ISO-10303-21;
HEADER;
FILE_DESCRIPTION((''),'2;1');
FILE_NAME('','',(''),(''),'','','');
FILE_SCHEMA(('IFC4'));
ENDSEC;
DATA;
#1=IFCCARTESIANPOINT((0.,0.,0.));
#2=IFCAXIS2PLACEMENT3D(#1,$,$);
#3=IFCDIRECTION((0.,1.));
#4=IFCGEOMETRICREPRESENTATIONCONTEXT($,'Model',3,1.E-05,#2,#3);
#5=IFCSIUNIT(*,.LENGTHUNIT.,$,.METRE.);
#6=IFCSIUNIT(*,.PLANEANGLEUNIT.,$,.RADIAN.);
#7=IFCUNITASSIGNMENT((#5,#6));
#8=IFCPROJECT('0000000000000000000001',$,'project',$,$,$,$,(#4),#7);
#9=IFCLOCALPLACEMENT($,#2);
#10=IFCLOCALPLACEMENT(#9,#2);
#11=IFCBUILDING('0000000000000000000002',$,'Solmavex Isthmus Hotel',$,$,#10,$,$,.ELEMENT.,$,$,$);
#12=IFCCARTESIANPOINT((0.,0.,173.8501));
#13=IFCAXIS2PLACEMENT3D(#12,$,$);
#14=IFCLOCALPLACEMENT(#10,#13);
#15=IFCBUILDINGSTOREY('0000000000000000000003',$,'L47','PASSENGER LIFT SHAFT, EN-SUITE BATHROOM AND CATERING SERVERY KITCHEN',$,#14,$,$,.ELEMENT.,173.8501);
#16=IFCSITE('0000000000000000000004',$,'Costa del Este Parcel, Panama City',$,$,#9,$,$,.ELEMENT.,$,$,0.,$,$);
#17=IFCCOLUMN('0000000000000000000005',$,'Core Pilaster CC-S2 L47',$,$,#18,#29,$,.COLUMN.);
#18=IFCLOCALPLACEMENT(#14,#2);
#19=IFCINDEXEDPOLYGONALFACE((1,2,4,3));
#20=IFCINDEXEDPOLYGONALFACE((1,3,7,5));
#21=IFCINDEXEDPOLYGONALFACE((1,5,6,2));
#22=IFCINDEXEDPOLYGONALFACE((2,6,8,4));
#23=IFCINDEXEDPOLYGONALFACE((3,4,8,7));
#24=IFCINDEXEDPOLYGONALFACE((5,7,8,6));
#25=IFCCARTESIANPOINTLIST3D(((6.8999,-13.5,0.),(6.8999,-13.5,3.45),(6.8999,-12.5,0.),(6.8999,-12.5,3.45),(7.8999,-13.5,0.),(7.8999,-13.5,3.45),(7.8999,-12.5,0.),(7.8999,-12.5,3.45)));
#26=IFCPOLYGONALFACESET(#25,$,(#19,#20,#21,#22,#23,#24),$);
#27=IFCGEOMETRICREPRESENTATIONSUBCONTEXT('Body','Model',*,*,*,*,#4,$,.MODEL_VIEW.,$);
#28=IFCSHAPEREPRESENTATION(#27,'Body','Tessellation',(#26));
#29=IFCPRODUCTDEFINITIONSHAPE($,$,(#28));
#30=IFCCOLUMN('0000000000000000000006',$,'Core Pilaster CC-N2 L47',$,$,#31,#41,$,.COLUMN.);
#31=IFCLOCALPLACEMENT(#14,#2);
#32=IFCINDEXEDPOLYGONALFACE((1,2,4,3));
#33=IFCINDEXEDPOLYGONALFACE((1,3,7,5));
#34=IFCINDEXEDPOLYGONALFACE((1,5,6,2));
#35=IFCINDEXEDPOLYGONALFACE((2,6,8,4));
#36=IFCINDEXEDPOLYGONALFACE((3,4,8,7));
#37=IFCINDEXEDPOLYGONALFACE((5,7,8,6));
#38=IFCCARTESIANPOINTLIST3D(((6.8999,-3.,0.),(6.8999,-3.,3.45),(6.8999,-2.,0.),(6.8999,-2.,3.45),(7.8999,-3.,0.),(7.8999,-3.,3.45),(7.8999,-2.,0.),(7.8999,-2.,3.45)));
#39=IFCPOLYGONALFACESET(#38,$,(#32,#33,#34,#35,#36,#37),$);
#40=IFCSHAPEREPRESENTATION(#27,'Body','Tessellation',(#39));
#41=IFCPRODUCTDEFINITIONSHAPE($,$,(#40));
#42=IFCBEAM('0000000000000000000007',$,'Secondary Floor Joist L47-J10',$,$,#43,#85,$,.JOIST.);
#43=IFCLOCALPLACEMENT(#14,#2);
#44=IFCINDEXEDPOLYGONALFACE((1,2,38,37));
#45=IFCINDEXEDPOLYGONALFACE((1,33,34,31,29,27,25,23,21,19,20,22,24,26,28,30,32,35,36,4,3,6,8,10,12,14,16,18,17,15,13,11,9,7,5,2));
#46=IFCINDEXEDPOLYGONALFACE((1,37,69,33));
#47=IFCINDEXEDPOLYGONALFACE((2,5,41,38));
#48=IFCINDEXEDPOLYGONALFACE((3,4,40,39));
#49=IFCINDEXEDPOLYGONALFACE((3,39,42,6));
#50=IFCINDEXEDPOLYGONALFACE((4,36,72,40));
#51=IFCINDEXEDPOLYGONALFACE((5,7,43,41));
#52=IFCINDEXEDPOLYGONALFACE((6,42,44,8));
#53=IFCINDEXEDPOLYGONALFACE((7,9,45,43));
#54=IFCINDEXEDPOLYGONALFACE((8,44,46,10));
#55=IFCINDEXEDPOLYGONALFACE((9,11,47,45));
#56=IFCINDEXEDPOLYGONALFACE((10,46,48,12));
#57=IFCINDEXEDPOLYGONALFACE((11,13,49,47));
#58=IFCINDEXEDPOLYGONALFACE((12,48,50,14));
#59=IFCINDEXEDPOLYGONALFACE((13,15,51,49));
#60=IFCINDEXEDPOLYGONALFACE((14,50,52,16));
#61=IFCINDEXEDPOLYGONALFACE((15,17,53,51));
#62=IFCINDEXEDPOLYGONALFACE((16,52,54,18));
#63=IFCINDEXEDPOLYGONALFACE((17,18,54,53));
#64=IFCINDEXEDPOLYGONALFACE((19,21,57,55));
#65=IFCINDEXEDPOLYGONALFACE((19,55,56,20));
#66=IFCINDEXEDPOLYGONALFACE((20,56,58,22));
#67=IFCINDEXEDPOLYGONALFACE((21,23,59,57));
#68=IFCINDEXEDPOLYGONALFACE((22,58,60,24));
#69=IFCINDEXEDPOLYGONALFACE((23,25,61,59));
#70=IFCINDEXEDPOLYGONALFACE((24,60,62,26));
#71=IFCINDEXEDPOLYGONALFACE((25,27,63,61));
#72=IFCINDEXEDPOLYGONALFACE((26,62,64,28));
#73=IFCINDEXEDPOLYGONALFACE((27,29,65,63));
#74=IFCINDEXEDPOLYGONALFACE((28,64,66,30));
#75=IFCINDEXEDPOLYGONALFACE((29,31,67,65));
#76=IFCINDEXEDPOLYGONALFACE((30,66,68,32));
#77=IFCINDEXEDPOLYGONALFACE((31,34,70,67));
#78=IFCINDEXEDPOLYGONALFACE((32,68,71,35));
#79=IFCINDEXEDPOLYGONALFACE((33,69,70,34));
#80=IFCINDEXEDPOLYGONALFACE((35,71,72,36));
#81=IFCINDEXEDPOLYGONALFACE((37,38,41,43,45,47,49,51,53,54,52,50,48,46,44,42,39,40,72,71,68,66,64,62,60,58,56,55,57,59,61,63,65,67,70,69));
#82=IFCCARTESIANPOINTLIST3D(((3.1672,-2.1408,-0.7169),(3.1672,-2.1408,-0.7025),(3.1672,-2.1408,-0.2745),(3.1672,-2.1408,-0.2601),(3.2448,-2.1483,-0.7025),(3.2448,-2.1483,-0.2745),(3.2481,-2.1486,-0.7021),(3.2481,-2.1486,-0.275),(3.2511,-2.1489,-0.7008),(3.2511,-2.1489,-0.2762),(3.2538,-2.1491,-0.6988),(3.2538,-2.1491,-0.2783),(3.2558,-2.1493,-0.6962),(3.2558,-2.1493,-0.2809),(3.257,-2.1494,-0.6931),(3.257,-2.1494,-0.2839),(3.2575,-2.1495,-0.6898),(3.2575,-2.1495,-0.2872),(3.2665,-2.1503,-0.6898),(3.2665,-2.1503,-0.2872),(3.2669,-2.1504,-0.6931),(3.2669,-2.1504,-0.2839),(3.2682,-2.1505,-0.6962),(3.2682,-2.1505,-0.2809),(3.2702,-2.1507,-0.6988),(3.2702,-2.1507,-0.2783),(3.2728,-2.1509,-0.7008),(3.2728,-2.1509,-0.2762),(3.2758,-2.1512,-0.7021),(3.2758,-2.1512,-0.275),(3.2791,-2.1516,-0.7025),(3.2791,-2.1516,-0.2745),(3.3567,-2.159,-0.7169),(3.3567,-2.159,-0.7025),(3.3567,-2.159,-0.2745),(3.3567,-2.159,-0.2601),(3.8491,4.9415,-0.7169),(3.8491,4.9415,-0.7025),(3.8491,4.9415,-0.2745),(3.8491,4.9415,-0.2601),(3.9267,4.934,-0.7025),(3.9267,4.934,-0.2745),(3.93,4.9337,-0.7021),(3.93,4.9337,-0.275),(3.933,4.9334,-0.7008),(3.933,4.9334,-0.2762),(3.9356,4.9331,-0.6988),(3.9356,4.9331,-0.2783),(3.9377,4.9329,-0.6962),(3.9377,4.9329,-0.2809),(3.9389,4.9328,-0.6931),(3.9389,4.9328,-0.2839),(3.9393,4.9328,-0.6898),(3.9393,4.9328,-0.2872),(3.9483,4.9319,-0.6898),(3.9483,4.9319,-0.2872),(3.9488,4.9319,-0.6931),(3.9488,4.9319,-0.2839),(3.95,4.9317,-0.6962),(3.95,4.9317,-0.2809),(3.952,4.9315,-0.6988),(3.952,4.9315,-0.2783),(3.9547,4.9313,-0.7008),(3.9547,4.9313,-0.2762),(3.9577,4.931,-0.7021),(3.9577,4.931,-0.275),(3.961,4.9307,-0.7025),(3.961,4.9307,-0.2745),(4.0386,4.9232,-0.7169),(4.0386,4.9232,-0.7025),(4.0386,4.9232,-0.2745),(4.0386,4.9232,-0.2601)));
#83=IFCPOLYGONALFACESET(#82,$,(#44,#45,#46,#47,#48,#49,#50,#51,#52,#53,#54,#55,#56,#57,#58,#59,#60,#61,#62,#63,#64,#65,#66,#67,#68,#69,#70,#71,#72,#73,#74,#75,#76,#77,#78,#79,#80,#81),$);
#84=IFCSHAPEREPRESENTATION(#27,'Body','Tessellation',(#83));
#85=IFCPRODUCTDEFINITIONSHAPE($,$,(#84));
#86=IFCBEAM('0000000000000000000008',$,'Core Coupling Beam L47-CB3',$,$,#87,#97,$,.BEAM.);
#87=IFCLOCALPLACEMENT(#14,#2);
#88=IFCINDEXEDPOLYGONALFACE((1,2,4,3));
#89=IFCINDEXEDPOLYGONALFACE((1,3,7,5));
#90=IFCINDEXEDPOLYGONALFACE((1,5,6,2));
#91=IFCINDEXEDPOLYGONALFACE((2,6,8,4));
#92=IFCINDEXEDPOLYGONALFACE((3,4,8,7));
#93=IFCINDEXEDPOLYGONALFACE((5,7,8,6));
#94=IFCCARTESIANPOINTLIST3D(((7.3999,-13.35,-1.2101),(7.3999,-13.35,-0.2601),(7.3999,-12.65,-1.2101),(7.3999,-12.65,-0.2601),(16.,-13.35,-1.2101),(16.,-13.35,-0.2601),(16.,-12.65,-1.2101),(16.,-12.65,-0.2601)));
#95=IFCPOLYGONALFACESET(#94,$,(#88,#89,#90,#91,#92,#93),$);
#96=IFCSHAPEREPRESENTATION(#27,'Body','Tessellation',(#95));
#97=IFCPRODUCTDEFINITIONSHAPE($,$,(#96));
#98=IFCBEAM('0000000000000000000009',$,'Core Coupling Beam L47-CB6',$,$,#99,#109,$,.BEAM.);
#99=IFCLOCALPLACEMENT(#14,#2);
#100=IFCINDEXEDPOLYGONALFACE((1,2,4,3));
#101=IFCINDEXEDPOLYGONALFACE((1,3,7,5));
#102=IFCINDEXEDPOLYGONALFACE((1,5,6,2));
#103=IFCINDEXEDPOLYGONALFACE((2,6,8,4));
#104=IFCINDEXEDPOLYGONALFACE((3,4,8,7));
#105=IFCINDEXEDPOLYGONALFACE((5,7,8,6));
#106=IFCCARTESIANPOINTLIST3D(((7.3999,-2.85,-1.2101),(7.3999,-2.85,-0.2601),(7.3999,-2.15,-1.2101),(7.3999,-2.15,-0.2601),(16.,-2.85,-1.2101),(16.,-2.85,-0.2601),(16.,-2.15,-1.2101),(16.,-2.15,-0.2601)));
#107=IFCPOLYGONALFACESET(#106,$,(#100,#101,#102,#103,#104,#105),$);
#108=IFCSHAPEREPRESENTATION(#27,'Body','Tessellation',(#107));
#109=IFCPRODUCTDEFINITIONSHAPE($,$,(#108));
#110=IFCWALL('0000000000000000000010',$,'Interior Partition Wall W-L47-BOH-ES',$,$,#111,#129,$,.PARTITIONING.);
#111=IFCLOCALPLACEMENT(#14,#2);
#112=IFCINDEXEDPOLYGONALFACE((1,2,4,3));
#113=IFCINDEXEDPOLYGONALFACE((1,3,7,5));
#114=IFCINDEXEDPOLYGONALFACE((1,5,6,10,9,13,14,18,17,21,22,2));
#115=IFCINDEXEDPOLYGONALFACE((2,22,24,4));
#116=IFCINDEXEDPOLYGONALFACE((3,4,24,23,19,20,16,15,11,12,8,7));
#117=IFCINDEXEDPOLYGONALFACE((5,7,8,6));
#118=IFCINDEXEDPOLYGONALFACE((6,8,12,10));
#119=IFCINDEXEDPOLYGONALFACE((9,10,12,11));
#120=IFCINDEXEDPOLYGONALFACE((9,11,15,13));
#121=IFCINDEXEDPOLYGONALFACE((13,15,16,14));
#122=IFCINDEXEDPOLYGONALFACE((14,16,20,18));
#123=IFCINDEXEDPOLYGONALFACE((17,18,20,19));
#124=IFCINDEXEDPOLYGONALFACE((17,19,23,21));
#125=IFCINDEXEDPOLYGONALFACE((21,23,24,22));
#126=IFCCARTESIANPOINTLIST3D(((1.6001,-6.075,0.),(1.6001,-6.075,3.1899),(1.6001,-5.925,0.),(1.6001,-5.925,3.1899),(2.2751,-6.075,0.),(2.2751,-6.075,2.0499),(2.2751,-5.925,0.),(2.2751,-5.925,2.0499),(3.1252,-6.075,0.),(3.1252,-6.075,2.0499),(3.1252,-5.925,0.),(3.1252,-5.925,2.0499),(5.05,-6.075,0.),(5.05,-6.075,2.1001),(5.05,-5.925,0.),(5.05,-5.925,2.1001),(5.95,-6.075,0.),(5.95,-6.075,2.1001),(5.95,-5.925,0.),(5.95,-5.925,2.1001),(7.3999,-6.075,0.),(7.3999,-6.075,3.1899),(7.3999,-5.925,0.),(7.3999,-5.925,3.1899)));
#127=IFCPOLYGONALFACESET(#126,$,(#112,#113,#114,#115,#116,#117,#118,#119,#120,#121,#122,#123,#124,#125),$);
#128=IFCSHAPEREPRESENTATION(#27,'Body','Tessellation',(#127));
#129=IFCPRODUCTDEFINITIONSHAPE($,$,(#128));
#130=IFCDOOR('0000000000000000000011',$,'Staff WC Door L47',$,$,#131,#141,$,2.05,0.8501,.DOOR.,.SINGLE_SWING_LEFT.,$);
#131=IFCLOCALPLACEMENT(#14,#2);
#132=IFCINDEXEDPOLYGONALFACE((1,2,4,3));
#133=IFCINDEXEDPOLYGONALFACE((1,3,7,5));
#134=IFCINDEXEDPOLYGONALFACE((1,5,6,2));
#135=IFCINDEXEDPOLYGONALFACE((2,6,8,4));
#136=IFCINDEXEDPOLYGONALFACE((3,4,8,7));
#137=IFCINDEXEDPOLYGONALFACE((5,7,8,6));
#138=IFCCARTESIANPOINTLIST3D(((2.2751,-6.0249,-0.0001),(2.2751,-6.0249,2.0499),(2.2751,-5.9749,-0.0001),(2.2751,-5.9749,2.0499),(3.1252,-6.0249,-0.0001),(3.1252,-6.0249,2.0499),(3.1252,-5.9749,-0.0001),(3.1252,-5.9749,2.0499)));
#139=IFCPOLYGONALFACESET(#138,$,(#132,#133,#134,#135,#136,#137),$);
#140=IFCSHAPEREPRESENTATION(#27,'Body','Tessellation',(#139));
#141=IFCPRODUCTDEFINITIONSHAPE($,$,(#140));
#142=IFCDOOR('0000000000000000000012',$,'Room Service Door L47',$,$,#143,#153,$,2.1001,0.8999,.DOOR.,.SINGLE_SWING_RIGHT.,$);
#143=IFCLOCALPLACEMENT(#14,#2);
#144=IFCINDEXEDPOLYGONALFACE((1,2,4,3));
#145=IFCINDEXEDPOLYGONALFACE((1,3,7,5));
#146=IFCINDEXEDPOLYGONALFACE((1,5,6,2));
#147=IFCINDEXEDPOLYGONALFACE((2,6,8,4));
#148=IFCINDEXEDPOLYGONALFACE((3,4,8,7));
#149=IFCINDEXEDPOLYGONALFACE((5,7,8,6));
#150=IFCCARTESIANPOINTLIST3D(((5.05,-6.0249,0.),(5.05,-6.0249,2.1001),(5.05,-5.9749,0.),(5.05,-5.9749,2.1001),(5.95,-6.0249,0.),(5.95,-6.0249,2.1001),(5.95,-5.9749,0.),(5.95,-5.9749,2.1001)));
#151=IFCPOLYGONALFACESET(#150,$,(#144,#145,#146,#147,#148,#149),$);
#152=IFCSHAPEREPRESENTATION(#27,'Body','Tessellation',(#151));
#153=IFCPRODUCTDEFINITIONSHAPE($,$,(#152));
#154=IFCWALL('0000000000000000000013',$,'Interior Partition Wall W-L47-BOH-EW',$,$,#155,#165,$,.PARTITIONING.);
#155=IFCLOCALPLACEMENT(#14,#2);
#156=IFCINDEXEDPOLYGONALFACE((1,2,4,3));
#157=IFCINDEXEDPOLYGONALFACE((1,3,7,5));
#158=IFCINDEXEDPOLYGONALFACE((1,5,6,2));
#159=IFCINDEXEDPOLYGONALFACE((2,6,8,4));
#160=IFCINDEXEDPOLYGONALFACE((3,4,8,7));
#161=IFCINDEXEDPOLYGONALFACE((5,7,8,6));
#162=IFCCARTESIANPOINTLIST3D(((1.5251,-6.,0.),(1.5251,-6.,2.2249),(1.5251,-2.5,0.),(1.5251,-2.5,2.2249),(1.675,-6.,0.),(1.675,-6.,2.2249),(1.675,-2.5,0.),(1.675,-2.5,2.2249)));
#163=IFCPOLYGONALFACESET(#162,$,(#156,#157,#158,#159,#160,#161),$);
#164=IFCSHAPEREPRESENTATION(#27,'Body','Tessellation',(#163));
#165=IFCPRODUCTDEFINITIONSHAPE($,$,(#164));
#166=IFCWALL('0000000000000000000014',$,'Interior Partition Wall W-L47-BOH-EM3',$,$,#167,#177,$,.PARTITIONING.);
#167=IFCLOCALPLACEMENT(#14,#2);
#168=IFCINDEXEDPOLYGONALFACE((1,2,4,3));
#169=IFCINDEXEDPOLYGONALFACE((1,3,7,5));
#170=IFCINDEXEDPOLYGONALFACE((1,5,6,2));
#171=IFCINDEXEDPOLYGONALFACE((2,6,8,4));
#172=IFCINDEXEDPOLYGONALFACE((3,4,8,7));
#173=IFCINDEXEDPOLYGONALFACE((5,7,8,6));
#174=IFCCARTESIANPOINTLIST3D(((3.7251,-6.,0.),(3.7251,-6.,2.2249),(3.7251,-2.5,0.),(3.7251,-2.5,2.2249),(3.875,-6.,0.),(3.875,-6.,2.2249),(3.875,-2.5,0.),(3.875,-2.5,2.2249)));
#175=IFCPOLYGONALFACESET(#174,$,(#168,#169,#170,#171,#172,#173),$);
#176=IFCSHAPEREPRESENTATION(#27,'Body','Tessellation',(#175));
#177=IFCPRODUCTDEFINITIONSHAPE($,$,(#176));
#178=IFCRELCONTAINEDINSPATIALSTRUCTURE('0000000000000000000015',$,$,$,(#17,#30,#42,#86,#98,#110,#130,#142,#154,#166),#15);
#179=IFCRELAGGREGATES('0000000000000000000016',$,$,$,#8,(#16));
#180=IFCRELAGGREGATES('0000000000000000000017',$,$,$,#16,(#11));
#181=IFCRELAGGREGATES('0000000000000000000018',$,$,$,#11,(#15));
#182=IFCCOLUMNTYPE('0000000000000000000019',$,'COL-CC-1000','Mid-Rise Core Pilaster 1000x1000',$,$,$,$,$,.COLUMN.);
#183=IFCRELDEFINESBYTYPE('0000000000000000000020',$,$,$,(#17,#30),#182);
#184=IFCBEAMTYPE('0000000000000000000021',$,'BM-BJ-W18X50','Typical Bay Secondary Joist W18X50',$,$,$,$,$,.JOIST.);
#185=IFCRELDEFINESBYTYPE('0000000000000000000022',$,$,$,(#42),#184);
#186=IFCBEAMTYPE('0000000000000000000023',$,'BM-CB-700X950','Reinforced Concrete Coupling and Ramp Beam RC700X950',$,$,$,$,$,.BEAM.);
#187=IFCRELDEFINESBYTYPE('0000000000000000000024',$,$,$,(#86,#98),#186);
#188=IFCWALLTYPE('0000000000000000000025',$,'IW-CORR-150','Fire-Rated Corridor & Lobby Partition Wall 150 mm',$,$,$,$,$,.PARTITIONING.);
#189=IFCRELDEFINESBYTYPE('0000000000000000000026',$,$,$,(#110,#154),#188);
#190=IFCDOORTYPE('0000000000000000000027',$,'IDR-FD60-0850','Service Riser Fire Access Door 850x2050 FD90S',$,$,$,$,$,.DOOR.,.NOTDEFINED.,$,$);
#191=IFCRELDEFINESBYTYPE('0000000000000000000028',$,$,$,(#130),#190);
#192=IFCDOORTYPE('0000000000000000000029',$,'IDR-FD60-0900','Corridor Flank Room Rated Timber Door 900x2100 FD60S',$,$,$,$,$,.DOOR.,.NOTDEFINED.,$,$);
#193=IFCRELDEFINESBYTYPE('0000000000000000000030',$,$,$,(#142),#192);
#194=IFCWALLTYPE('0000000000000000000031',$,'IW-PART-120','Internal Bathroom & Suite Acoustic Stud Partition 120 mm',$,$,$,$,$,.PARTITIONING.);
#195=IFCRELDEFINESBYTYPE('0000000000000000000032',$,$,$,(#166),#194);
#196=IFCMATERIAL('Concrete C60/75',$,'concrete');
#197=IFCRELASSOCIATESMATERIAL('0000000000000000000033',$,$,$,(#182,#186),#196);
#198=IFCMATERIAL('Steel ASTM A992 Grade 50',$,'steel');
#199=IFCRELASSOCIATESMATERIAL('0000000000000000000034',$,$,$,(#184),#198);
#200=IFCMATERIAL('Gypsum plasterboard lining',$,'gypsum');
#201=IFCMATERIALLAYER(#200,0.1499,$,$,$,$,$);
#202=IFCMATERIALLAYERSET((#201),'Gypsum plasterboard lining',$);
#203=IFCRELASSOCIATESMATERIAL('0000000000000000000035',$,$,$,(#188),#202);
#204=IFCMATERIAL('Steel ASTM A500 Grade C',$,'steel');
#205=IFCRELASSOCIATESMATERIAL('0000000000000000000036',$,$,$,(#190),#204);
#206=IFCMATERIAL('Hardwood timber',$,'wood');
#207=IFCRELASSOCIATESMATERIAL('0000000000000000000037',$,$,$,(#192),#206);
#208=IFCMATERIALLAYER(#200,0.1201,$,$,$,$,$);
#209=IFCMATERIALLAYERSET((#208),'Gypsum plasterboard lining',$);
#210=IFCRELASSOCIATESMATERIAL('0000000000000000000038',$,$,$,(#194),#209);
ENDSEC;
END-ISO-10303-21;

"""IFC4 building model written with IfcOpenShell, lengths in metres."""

from ifc_helpers import new_model, si_unit, direction, frame, frame_2d, origin, origin_2d, place, context, subcontext, project, spatial, rectangle, i_section, extrude, material, layer, layer_set, material_profile, profile_set, type_object, element, fill, save


model = new_model("IFC4")

# Units and contexts
model_context = context("Model", 3, precision=1e-05, world=origin(), true_north=direction((0.0, 1.0)))
body_context = subcontext(model_context, "Body", "Model", "MODEL_VIEW")
ifc_project = project(units=[si_unit("LENGTHUNIT", "METRE"), si_unit("PLANEANGLEUNIT", "RADIAN")], contexts=[model_context])

# Site, building, storey
site_placement = place(None, origin())
site = spatial("IfcSite", under=ifc_project, at=site_placement, Name="Costa del Este Parcel, Panama City", CompositionType="ELEMENT", RefElevation=0.0)
building_placement = place(site_placement, origin())
building = spatial("IfcBuilding", under=site, at=building_placement, Name="Solmavex Isthmus Hotel", CompositionType="ELEMENT")
storey_placement = place(building_placement, frame((0.0, 0.0, 173.8501)))
storey = spatial("IfcBuildingStorey", under=building, at=storey_placement, Name="L47", Description="PASSENGER LIFT SHAFT, EN-SUITE BATHROOM AND CATERING SERVERY KITCHEN", CompositionType="ELEMENT", Elevation=173.8501)

# Columns
ifc_material_1 = material(Name="Concrete C60/75", Category="concrete")
ifc_material_profile_1 = material_profile(ifc_material_1, rectangle(XDim=1.0, YDim=1.0, at=origin_2d()), Name="RC1000X1000")
ifc_profile_set_1 = profile_set([ifc_material_profile_1], Name="Concrete C60/75")
column_type = type_object("IfcColumnType", Name="COL-CC-1000", Description="Mid-Rise Core Pilaster 1000x1000", PredefinedType="COLUMN", material=ifc_profile_set_1)
for number, where, z_axis, x_axis, name in (
    (1, (7.3999, -13.0, 0.0), (0.0, 0.0, 1.0), (1.0, 0.0, 0.0), "Core Pilaster CC-S2 L47"),
    (2, (7.3999, -2.5, 0.0), (0.0, 0.0, 1.0), (1.0, 0.0, 0.0), "Core Pilaster CC-N2 L47"),
):
    element("IfcColumn", number, at=place(storey_placement, frame(where, z_axis=z_axis, x_axis=x_axis)), inside=storey, type_object=column_type, Name=name, PredefinedType="COLUMN", context=body_context, shape_type="SweptSolid", body=[
        extrude(rectangle(XDim=1.0, YDim=1.0, at=origin_2d()), origin(), (0.0, 0.0, 1.0), 3.45),
    ])

# Beams
ifc_material_2 = material(Name="Steel ASTM A992 Grade 50", Category="steel")
ifc_material_profile_2 = material_profile(ifc_material_2, i_section(OverallWidth=0.1904, OverallDepth=0.4568, WebThickness=0.009, FlangeThickness=0.0144, FilletRadius=0.0127, at=origin_2d()), Name="W18X50")
ifc_profile_set_2 = profile_set([ifc_material_profile_2], Name="Steel ASTM A992 Grade 50")
beam_type_1 = type_object("IfcBeamType", Name="BM-BJ-W18X50", Description="Typical Bay Secondary Joist W18X50", PredefinedType="JOIST", material=ifc_profile_set_2)
beam_placement = place(storey_placement, frame((3.262, -2.1499, -0.4885), z_axis=(0.095837, 0.995397, 0.0), x_axis=(-0.995397, 0.095837, 0.0)))
element("IfcBeam", 3, at=beam_placement, inside=storey, type_object=beam_type_1, Name="Secondary Floor Joist L47-J10", PredefinedType="JOIST", context=body_context, shape_type="SweptSolid", body=[
    extrude(i_section(OverallWidth=0.1904, OverallDepth=0.4568, WebThickness=0.009, FlangeThickness=0.0144, FilletRadius=0.0127, at=origin_2d()), origin(), (0.0, 0.0, 1.0), 7.115),
])
ifc_material_profile_3 = material_profile(ifc_material_1, rectangle(XDim=0.7, YDim=0.95, at=origin_2d()), Name="RC700X950")
ifc_profile_set_3 = profile_set([ifc_material_profile_3], Name="Concrete C60/75")
beam_type_2 = type_object("IfcBeamType", Name="BM-CB-700X950", Description="Reinforced Concrete Coupling and Ramp Beam RC700X950", PredefinedType="BEAM", material=ifc_profile_set_3)
for number, where, z_axis, x_axis, name in (
    (4, (7.3999, -13.0, -0.7351), (1.0, 0.0, 0.0), (0.0, 1.0, 0.0), "Core Coupling Beam L47-CB3"),
    (5, (7.3999, -2.5, -0.7351), (1.0, 0.0, 0.0), (0.0, 1.0, 0.0), "Core Coupling Beam L47-CB6"),
):
    element("IfcBeam", number, at=place(storey_placement, frame(where, z_axis=z_axis, x_axis=x_axis)), inside=storey, type_object=beam_type_2, Name=name, PredefinedType="BEAM", context=body_context, shape_type="SweptSolid", body=[
        extrude(rectangle(XDim=0.7, YDim=0.95, at=origin_2d()), origin(), (0.0, 0.0, 1.0), 8.6001),
    ])

# Wall, openings, doors
ifc_material_3 = material(Name="Gypsum plasterboard lining", Category="gypsum")
ifc_layer_1 = layer(ifc_material_3, 0.1499)
ifc_layer_set_1 = layer_set([ifc_layer_1], Name="Gypsum plasterboard lining")
wall_type_1 = type_object("IfcWallType", Name="IW-CORR-150", Description="Fire-Rated Corridor & Lobby Partition Wall 150 mm", PredefinedType="PARTITIONING", material=ifc_layer_set_1)
wall_1_placement = place(storey_placement, frame((1.6001, -6.0, 0.0), z_axis=(0.0, 0.0, 1.0), x_axis=(1.0, 0.0, 0.0)))
wall_1 = element("IfcWall", 6, at=wall_1_placement, inside=storey, type_object=wall_type_1, Name="Interior Partition Wall W-L47-BOH-ES", PredefinedType="PARTITIONING", context=body_context, shape_type="SweptSolid", body=[
    extrude(rectangle(XDim=5.7998, YDim=0.1499, at=frame_2d((2.8999, 0.0))), origin(), (0.0, 0.0, 1.0), 3.1899),
])
opening_1_placement = place(wall_1_placement, frame((0.675, 0.0, 0.0)))
opening_1 = element("IfcOpeningElement", 7, at=opening_1_placement, cuts=wall_1, PredefinedType="OPENING", context=body_context, shape_type="SweptSolid", body=[
    extrude(rectangle(XDim=0.8501, YDim=2.05, at=frame_2d((0.425, 1.0249))), frame((0.0, 0.085, 0.0), z_axis=(0.0, -1.0, 0.0), x_axis=(1.0, 0.0, 0.0)), (0.0, 0.0, 1.0), 0.1699),
])
opening_2_placement = place(wall_1_placement, frame((3.45, 0.0, 0.0)))
opening_2 = element("IfcOpeningElement", 8, at=opening_2_placement, cuts=wall_1, PredefinedType="OPENING", context=body_context, shape_type="SweptSolid", body=[
    extrude(rectangle(XDim=0.8999, YDim=2.1001, at=frame_2d((0.45, 1.05))), frame((0.0, 0.085, 0.0), z_axis=(0.0, -1.0, 0.0), x_axis=(1.0, 0.0, 0.0)), (0.0, 0.0, 1.0), 0.1699),
])
ifc_material_4 = material(Name="Steel ASTM A500 Grade C", Category="steel")
door_type_1 = type_object("IfcDoorType", Name="IDR-FD60-0850", Description="Service Riser Fire Access Door 850x2050 FD90S", OperationType="NOTDEFINED", PredefinedType="DOOR", material=ifc_material_4)
door_1_placement = place(opening_1_placement, frame((0.8501, 0.0, 0.0), z_axis=(0.0, 0.0, 1.0), x_axis=(-1.0, 0.0, 0.0)))
door_1 = element("IfcDoor", 9, at=door_1_placement, inside=storey, type_object=door_type_1, Name="Staff WC Door L47", OperationType="SINGLE_SWING_LEFT", OverallHeight=2.05, OverallWidth=0.8501, PredefinedType="DOOR", context=body_context, shape_type="SweptSolid", body=[
    extrude(rectangle(XDim=0.8501, YDim=2.05, at=frame_2d((0.425, 1.0249))), frame((0.0, 0.0249, 0.0), z_axis=(0.0, -1.0, 0.0), x_axis=(1.0, 0.0, 0.0)), (0.0, 0.0, 1.0), 0.05),
])
fill(opening_1, door_1)
ifc_material_5 = material(Name="Hardwood timber", Category="wood")
door_type_2 = type_object("IfcDoorType", Name="IDR-FD60-0900", Description="Corridor Flank Room Rated Timber Door 900x2100 FD60S", OperationType="NOTDEFINED", PredefinedType="DOOR", material=ifc_material_5)
door_2_placement = place(opening_2_placement, frame((0.8999, 0.0, 0.0), z_axis=(0.0, 0.0, 1.0), x_axis=(-1.0, 0.0, 0.0)))
door_2 = element("IfcDoor", 10, at=door_2_placement, inside=storey, type_object=door_type_2, Name="Room Service Door L47", OperationType="SINGLE_SWING_RIGHT", OverallHeight=2.1001, OverallWidth=0.8999, PredefinedType="DOOR", context=body_context, shape_type="SweptSolid", body=[
    extrude(rectangle(XDim=0.8999, YDim=2.1001, at=frame_2d((0.45, 1.05))), frame((0.0, 0.0249, 0.0), z_axis=(0.0, -1.0, 0.0), x_axis=(1.0, 0.0, 0.0)), (0.0, 0.0, 1.0), 0.05),
])
fill(opening_2, door_2)

# Walls
wall_2_placement = place(storey_placement, frame((1.6001, -6.0, 0.0), z_axis=(0.0, 0.0, 1.0), x_axis=(0.0, 1.0, 0.0)))
element("IfcWall", 11, at=wall_2_placement, inside=storey, type_object=wall_type_1, Name="Interior Partition Wall W-L47-BOH-EW", PredefinedType="PARTITIONING", context=body_context, shape_type="SweptSolid", body=[
    extrude(rectangle(XDim=3.5, YDim=0.1499, at=frame_2d((1.75, 0.0))), origin(), (0.0, 0.0, 1.0), 2.2249),
])
ifc_layer_2 = layer(ifc_material_3, 0.1201)
ifc_layer_set_2 = layer_set([ifc_layer_2], Name="Gypsum plasterboard lining")
wall_type_2 = type_object("IfcWallType", Name="IW-PART-120", Description="Internal Bathroom & Suite Acoustic Stud Partition 120 mm", PredefinedType="PARTITIONING", material=ifc_layer_set_2)
wall_3_placement = place(storey_placement, frame((3.8, -6.0, 0.0), z_axis=(0.0, 0.0, 1.0), x_axis=(0.0, 1.0, 0.0)))
element("IfcWall", 12, at=wall_3_placement, inside=storey, type_object=wall_type_2, Name="Interior Partition Wall W-L47-BOH-EM3", PredefinedType="PARTITIONING", context=body_context, shape_type="SweptSolid", body=[
    extrude(rectangle(XDim=3.5, YDim=0.1499, at=frame_2d((1.75, 0.0))), origin(), (0.0, 0.0, 1.0), 2.2249),
])

save(model, "model.ifc")
